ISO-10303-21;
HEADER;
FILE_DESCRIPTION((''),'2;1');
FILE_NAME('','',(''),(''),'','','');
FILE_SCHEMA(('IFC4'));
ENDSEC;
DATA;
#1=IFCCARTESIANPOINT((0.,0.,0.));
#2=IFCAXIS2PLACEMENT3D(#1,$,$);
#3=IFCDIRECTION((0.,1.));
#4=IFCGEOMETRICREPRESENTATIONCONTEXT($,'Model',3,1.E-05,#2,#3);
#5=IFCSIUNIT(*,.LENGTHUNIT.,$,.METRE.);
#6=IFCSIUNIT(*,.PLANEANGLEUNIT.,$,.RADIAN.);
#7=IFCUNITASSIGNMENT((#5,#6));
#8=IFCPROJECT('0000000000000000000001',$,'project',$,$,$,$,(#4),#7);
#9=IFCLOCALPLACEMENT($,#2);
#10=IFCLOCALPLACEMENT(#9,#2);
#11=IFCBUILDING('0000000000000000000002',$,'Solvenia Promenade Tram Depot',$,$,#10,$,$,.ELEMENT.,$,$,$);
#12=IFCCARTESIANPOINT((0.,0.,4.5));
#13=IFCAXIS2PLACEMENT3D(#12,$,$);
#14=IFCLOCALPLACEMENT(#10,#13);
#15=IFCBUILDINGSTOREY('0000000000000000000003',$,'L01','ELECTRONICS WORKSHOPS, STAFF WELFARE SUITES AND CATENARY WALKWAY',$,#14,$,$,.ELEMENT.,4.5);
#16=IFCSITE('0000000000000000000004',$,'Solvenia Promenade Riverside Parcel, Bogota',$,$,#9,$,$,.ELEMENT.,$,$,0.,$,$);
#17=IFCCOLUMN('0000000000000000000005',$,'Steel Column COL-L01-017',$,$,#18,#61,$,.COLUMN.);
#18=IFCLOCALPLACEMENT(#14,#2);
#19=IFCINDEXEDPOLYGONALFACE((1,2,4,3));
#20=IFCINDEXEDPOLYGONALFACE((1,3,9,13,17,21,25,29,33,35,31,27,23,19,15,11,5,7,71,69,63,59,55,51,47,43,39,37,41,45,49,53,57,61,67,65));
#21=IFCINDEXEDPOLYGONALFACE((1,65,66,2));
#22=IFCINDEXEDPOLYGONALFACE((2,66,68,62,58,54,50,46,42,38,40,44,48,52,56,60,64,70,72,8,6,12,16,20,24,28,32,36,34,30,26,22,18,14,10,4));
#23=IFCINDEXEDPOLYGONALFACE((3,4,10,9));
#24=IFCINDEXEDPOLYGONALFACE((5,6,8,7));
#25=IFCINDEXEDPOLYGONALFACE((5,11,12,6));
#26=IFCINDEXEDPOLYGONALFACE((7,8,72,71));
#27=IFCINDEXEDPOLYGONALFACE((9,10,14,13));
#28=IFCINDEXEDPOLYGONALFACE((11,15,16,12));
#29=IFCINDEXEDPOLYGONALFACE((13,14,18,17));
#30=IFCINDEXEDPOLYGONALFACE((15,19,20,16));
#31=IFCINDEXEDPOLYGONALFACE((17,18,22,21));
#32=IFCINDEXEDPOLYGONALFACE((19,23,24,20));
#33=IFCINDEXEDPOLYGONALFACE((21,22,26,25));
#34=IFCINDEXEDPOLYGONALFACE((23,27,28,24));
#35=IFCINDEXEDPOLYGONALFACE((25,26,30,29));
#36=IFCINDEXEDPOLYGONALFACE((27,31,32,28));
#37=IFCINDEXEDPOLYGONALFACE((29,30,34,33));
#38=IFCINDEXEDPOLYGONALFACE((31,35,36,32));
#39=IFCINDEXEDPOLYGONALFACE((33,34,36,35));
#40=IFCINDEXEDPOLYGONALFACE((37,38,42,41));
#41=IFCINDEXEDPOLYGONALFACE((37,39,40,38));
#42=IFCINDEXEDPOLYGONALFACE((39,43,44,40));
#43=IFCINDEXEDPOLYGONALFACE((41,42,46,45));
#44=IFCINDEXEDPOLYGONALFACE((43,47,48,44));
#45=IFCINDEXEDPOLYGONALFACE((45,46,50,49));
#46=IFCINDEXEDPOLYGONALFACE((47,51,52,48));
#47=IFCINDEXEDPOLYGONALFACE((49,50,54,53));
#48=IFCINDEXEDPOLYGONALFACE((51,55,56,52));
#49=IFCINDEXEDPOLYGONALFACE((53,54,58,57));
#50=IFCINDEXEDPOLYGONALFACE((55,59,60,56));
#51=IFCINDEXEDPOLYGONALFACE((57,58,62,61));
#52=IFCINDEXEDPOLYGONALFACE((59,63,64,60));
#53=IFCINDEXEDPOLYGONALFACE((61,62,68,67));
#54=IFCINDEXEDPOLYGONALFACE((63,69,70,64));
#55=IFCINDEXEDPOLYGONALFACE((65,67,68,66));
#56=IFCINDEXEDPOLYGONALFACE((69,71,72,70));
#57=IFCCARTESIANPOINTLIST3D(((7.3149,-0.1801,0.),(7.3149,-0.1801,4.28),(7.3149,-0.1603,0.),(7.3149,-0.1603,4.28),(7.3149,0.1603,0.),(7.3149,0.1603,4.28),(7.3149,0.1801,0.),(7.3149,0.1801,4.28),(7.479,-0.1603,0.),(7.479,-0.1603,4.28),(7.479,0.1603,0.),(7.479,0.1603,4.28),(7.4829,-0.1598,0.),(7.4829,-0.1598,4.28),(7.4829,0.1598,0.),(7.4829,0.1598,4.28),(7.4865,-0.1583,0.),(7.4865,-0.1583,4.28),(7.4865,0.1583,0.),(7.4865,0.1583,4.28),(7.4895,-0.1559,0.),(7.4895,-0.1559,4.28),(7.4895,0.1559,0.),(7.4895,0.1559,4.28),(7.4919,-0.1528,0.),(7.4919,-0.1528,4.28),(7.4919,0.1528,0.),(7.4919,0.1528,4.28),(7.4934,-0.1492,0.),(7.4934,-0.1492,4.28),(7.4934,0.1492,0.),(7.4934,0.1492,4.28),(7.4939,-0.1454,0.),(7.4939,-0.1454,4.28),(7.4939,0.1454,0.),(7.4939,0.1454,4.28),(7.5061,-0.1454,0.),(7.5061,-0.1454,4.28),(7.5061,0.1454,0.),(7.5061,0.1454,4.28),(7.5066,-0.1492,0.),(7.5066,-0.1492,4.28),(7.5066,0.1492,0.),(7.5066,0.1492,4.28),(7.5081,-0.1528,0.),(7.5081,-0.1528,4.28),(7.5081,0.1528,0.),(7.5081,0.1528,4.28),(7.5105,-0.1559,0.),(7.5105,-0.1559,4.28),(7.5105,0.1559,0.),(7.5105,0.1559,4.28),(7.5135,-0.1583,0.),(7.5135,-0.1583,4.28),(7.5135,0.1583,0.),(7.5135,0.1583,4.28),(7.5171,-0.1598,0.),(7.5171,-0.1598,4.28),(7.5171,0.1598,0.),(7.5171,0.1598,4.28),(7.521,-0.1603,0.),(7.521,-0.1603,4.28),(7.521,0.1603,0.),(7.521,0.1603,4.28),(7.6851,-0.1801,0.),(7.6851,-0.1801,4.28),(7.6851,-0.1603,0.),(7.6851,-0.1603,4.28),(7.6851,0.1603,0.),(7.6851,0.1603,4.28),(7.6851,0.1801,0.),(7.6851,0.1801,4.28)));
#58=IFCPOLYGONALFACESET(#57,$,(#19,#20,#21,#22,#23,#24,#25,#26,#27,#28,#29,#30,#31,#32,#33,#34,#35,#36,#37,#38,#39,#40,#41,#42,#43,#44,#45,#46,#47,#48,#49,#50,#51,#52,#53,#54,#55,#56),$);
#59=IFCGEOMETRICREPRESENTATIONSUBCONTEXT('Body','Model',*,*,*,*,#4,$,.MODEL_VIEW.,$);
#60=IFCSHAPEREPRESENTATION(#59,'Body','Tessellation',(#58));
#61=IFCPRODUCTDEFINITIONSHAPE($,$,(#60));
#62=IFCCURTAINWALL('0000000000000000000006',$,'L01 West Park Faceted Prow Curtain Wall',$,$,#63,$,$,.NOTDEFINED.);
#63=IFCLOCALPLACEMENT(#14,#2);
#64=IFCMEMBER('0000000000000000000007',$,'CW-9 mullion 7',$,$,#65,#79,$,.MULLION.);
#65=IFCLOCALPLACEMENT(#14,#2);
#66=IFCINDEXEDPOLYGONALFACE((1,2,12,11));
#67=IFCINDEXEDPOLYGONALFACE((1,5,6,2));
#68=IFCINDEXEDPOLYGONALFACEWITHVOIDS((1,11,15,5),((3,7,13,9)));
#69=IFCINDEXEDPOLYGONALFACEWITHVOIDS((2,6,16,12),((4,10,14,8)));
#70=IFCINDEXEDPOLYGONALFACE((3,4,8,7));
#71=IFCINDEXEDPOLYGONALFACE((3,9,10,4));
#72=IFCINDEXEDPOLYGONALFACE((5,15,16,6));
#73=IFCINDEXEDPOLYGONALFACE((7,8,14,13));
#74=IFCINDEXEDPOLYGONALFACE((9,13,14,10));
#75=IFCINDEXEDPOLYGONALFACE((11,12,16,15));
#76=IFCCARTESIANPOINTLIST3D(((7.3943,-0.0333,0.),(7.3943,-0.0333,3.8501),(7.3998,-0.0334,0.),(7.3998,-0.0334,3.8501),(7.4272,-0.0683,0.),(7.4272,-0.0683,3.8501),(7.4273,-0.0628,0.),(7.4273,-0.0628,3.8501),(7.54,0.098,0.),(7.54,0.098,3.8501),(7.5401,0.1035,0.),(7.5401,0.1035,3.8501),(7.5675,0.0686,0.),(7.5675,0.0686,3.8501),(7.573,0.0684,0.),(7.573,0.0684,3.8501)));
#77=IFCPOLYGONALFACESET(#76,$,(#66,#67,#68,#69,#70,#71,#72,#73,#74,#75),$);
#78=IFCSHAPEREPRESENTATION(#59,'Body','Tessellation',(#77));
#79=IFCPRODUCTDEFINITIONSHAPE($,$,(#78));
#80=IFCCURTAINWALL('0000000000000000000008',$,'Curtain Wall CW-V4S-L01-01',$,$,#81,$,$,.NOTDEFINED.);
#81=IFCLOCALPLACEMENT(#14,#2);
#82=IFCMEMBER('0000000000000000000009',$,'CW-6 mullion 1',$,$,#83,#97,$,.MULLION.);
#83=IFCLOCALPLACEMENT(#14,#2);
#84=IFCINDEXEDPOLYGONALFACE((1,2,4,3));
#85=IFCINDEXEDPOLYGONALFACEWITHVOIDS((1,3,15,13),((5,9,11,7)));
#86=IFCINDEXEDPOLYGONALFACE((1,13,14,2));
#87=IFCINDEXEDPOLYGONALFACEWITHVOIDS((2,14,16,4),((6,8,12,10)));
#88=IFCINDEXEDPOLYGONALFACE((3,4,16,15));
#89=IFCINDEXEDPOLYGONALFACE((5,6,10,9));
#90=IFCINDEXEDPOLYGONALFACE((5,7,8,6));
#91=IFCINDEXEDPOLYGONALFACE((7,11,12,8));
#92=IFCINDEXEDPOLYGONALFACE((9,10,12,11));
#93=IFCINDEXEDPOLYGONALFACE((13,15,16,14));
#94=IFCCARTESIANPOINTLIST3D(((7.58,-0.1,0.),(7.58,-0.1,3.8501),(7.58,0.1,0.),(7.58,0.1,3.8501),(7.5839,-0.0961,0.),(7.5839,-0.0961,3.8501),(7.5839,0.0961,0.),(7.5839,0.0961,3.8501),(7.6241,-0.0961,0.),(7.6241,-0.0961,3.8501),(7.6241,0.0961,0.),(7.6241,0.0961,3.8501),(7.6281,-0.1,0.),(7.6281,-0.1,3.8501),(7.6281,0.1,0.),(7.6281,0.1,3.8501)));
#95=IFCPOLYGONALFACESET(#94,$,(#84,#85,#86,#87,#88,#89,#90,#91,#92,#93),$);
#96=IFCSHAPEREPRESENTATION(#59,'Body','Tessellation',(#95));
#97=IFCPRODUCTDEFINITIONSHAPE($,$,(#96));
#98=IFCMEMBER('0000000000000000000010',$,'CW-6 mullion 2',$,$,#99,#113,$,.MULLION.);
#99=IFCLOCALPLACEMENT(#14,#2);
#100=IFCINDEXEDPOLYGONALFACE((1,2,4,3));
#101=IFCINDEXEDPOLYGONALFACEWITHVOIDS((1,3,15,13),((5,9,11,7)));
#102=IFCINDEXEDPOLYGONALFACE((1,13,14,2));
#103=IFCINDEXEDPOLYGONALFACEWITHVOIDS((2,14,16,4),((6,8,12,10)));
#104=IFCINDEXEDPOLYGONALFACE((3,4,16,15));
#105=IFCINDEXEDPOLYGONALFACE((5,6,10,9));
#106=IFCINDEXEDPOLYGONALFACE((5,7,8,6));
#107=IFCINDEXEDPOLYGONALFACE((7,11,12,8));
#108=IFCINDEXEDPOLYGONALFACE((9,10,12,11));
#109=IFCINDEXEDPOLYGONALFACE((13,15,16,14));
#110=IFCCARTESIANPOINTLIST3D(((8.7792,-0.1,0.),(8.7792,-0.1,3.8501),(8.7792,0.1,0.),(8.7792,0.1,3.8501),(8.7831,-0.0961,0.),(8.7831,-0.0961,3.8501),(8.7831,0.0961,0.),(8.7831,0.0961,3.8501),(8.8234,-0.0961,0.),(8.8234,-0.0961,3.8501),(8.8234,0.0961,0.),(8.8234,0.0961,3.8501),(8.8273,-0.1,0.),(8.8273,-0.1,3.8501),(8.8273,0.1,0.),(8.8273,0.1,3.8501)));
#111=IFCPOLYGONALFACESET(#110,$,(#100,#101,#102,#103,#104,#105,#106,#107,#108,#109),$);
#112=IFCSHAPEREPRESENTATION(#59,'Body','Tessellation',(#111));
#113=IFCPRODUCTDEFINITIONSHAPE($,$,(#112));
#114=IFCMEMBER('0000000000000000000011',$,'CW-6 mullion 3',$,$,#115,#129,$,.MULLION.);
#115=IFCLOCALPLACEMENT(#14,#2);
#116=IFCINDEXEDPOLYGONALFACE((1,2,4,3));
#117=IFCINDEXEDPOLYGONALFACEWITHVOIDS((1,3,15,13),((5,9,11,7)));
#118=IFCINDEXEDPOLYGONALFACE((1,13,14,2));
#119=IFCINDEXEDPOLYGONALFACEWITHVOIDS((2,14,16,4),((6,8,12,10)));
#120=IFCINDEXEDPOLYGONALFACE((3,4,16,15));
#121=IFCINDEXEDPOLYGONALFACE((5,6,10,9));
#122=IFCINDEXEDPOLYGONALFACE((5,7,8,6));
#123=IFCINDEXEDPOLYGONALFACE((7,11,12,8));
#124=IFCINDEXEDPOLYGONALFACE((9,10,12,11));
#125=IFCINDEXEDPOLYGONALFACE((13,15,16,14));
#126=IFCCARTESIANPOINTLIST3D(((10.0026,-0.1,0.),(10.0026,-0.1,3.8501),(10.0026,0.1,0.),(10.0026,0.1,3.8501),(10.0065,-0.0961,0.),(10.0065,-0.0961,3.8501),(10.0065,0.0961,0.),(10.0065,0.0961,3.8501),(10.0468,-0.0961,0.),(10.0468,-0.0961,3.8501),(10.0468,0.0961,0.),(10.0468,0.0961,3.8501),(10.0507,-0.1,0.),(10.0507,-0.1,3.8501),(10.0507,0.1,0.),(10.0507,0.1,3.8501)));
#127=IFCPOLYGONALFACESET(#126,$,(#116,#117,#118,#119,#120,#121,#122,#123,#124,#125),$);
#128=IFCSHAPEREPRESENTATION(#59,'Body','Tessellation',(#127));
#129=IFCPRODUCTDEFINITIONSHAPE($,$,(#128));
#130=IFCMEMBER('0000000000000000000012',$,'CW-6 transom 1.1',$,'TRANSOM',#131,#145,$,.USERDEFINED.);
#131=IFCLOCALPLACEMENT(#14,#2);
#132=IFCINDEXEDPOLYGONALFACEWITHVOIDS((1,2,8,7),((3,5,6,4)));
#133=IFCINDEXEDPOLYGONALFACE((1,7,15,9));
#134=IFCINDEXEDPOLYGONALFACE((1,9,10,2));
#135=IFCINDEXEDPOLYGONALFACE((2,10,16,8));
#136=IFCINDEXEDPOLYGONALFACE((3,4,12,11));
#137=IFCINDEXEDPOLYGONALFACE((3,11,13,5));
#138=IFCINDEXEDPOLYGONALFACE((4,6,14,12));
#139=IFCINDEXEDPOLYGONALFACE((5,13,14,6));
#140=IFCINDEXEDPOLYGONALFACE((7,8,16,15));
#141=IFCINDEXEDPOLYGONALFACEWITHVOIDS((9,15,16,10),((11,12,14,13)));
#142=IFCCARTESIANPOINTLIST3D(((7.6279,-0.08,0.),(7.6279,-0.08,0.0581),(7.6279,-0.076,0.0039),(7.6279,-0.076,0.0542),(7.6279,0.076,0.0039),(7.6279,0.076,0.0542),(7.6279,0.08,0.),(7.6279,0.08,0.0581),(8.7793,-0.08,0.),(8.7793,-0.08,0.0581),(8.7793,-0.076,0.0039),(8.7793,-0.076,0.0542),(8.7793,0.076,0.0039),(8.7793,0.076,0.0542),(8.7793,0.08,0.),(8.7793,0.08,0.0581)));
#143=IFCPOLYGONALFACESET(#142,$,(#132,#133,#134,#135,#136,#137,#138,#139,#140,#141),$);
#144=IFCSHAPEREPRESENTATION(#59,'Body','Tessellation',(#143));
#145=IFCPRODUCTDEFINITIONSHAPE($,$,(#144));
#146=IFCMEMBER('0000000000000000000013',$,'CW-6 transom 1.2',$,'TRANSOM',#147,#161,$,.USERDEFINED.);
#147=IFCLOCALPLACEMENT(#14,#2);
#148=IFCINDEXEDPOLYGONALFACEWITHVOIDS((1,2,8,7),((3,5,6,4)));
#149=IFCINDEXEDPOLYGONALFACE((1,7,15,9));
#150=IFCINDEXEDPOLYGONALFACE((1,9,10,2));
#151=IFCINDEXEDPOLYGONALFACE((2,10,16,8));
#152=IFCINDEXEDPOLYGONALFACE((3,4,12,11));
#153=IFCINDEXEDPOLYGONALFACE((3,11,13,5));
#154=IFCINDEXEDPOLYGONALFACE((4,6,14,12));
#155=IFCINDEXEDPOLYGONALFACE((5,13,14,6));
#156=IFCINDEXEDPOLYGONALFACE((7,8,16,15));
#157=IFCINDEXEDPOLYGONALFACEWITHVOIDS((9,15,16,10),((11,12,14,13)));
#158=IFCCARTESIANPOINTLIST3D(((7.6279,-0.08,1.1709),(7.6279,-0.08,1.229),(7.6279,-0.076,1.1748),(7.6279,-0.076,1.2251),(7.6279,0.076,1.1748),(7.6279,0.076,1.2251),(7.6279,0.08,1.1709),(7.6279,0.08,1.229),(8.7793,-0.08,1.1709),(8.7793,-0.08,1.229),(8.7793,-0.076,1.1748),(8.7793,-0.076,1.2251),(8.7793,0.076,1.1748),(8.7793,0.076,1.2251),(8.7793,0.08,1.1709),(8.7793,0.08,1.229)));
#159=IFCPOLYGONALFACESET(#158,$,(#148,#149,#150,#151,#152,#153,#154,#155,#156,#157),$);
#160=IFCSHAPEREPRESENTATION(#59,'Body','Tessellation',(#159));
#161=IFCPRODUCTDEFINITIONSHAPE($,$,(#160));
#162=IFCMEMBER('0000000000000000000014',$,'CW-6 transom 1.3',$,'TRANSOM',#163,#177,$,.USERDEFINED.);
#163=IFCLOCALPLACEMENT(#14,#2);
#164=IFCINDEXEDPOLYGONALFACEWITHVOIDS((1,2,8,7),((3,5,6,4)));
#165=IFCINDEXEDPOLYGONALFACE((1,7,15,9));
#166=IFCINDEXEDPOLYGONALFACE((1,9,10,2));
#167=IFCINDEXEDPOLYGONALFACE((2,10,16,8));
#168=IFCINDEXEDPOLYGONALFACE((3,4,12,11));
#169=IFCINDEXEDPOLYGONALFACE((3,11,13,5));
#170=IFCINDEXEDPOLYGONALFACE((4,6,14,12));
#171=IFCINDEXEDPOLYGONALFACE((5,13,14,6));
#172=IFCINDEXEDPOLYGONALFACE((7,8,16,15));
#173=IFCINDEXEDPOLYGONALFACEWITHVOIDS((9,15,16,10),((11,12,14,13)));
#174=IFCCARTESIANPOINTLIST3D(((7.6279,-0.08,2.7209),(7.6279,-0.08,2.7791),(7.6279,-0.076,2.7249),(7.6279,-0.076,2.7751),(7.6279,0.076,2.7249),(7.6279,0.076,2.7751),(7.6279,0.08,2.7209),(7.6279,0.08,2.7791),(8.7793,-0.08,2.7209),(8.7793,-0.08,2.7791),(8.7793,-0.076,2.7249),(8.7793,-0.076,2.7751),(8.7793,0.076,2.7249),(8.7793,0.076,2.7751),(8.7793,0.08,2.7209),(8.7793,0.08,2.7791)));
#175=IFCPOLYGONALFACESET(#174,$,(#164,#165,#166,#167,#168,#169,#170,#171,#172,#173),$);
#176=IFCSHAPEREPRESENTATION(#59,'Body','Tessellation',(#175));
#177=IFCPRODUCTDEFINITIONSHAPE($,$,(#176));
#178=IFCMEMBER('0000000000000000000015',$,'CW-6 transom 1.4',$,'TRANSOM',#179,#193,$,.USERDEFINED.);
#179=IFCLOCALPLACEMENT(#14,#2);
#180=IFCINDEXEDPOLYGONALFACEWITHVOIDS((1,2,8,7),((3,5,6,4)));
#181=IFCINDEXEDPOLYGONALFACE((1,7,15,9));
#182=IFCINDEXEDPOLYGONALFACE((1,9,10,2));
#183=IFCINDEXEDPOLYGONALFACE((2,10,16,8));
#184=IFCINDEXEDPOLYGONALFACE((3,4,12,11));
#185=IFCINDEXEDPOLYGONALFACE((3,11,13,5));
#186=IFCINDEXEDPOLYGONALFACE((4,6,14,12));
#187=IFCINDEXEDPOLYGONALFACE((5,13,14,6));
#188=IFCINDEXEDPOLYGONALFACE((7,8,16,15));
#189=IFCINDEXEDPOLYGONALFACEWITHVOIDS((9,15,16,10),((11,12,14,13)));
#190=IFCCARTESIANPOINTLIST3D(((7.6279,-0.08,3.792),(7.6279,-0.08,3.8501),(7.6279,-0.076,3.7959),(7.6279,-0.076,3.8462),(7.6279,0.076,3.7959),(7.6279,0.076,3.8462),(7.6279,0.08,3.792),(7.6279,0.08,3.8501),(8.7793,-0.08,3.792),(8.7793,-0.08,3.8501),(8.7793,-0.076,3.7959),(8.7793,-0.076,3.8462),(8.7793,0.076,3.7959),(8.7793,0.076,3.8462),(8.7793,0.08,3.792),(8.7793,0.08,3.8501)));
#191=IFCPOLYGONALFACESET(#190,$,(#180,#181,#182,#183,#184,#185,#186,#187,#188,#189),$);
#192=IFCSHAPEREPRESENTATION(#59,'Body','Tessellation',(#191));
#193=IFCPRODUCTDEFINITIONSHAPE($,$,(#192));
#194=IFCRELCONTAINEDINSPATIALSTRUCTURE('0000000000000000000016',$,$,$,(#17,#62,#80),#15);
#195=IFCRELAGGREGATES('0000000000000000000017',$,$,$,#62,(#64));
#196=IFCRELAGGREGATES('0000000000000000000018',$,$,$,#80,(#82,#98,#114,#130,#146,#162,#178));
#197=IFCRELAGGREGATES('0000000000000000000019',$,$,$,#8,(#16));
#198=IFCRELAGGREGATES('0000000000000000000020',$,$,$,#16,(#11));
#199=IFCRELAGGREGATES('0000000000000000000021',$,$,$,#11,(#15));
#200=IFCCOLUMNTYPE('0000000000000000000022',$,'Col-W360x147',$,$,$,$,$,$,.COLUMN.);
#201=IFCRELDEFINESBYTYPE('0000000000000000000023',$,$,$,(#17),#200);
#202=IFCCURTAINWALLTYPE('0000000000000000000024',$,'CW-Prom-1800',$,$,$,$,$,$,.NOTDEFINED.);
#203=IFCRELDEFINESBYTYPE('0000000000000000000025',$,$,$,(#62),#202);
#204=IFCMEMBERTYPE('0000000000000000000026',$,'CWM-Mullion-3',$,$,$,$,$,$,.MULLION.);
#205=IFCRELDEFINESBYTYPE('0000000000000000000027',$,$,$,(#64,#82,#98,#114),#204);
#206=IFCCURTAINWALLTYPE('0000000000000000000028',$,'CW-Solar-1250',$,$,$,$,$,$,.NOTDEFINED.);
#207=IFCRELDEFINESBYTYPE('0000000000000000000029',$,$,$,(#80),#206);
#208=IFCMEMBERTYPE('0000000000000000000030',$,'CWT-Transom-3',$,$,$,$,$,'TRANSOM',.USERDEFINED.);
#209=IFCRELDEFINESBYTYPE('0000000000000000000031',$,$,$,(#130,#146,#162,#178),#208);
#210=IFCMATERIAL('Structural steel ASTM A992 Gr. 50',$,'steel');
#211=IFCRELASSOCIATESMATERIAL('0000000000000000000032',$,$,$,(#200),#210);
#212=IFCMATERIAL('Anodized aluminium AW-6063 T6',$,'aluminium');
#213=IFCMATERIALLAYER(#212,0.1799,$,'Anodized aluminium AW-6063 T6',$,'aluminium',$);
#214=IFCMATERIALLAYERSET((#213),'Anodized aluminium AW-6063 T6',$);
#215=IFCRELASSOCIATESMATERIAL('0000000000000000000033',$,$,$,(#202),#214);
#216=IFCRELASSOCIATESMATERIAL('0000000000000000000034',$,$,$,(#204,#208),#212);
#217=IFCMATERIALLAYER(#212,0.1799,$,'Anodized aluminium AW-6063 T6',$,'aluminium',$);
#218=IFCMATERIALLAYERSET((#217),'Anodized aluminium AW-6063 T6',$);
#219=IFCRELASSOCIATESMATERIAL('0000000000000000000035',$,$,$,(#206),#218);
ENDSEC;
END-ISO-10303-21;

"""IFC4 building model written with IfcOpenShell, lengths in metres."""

from ifc_helpers import new_model, si_unit, direction, frame, origin, origin_2d, place, context, subcontext, project, spatial, hollow_rectangle, i_section, extrude, material, layer, layer_set, material_profile, profile_set, type_object, element, aggregate, save


model = new_model("IFC4")

# Units and contexts
model_context = context("Model", 3, precision=1e-05, world=origin(), true_north=direction((0.0, 1.0)))
body_context = subcontext(model_context, "Body", "Model", "MODEL_VIEW")
ifc_project = project(units=[si_unit("LENGTHUNIT", "METRE"), si_unit("PLANEANGLEUNIT", "RADIAN")], contexts=[model_context])

# Site, building, storey
site_placement = place(None, origin())
site = spatial("IfcSite", under=ifc_project, at=site_placement, Name="Solvenia Promenade Riverside Parcel, Bogota", CompositionType="ELEMENT", RefElevation=0.0)
building_placement = place(site_placement, origin())
building = spatial("IfcBuilding", under=site, at=building_placement, Name="Solvenia Promenade Tram Depot", CompositionType="ELEMENT")
storey_placement = place(building_placement, frame((0.0, 0.0, 4.5)))
storey = spatial("IfcBuildingStorey", under=building, at=storey_placement, Name="L01", Description="ELECTRONICS WORKSHOPS, STAFF WELFARE SUITES AND CATENARY WALKWAY", CompositionType="ELEMENT", Elevation=4.5)

# Column
ifc_material_1 = material(Name="Structural steel ASTM A992 Gr. 50", Category="steel")
ifc_material_profile_1 = material_profile(ifc_material_1, i_section(OverallWidth=0.3701, OverallDepth=0.3601, WebThickness=0.0122, FlangeThickness=0.0198, FilletRadius=0.0149, at=origin_2d()), Name="W360x147", Category="steel")
ifc_profile_set_1 = profile_set([ifc_material_profile_1], Name="Structural steel ASTM A992 Gr. 50")
column_type = type_object("IfcColumnType", Name="Col-W360x147", PredefinedType="COLUMN", material=ifc_profile_set_1)
column_placement = place(storey_placement, frame((7.5, 0.0, 0.0), z_axis=(0.0, 0.0, 1.0), x_axis=(1.0, 0.0, 0.0)))
element("IfcColumn", 1, at=column_placement, inside=storey, type_object=column_type, Name="Steel Column COL-L01-017", PredefinedType="COLUMN", context=body_context, shape_type="SweptSolid", body=[
    extrude(i_section(OverallWidth=0.3701, OverallDepth=0.3601, WebThickness=0.0122, FlangeThickness=0.0198, FilletRadius=0.0149, at=origin_2d()), origin(), (0.0, 0.0, 1.0), 4.28),
])

# Curtain wall, member
ifc_material_2 = material(Name="Anodized aluminium AW-6063 T6", Category="aluminium")
ifc_layer_1 = layer(ifc_material_2, 0.1799, Name="Anodized aluminium AW-6063 T6", Category="aluminium")
ifc_layer_set_1 = layer_set([ifc_layer_1], Name="Anodized aluminium AW-6063 T6")
curtain_wall_type_1 = type_object("IfcCurtainWallType", Name="CW-Prom-1800", PredefinedType="NOTDEFINED", material=ifc_layer_set_1)
curtain_wall_1_placement = place(storey_placement, origin())
curtain_wall_1 = element("IfcCurtainWall", 2, at=curtain_wall_1_placement, inside=storey, type_object=curtain_wall_type_1, Name="L01 West Park Faceted Prow Curtain Wall", PredefinedType="NOTDEFINED")
ifc_material_profile_2 = material_profile(ifc_material_2, hollow_rectangle(XDim=0.2, YDim=0.0481, WallThickness=0.0039, at=origin_2d()), Name="ALU-M3", Category="aluminium")
ifc_profile_set_2 = profile_set([ifc_material_profile_2], Name="Anodized aluminium AW-6063 T6")
member_type_1 = type_object("IfcMemberType", Name="CWM-Mullion-3", PredefinedType="MULLION", material=ifc_profile_set_2)
member_1_placement = place(storey_placement, frame((7.4836, 0.0176, 0.0), z_axis=(0.0, 0.0, 1.0), x_axis=(0.729537, 0.683941, 0.0)))
member_1 = element("IfcMember", 3, at=member_1_placement, type_object=member_type_1, Name="CW-9 mullion 7", PredefinedType="MULLION", context=body_context, shape_type="SweptSolid", body=[
    extrude(hollow_rectangle(XDim=0.2, YDim=0.0481, WallThickness=0.0039, at=origin_2d()), origin(), (0.0, 0.0, 1.0), 3.8501),
])
aggregate(curtain_wall_1, [member_1])

# Curtain wall, members
ifc_layer_2 = layer(ifc_material_2, 0.1799, Name="Anodized aluminium AW-6063 T6", Category="aluminium")
ifc_layer_set_2 = layer_set([ifc_layer_2], Name="Anodized aluminium AW-6063 T6")
curtain_wall_type_2 = type_object("IfcCurtainWallType", Name="CW-Solar-1250", PredefinedType="NOTDEFINED", material=ifc_layer_set_2)
curtain_wall_2_placement = place(storey_placement, origin())
curtain_wall_2 = element("IfcCurtainWall", 4, at=curtain_wall_2_placement, inside=storey, type_object=curtain_wall_type_2, Name="Curtain Wall CW-V4S-L01-01", PredefinedType="NOTDEFINED")
member_2_placement = place(storey_placement, frame((7.604, 0.0, 0.0), z_axis=(0.0, 0.0, 1.0), x_axis=(0.0, 1.0, 0.0)))
member_2 = element("IfcMember", 5, at=member_2_placement, type_object=member_type_1, Name="CW-6 mullion 1", PredefinedType="MULLION", context=body_context, shape_type="SweptSolid", body=[
    extrude(hollow_rectangle(XDim=0.2, YDim=0.0481, WallThickness=0.0039, at=origin_2d()), origin(), (0.0, 0.0, 1.0), 3.8501),
])
member_3_placement = place(storey_placement, frame((8.8032, 0.0, 0.0), z_axis=(0.0, 0.0, 1.0), x_axis=(0.0, 1.0, 0.0)))
member_3 = element("IfcMember", 6, at=member_3_placement, type_object=member_type_1, Name="CW-6 mullion 2", PredefinedType="MULLION", context=body_context, shape_type="SweptSolid", body=[
    extrude(hollow_rectangle(XDim=0.2, YDim=0.0481, WallThickness=0.0039, at=origin_2d()), origin(), (0.0, 0.0, 1.0), 3.8501),
])
member_4_placement = place(storey_placement, frame((10.0266, 0.0, 0.0), z_axis=(0.0, 0.0, 1.0), x_axis=(0.0, 1.0, 0.0)))
member_4 = element("IfcMember", 7, at=member_4_placement, type_object=member_type_1, Name="CW-6 mullion 3", PredefinedType="MULLION", context=body_context, shape_type="SweptSolid", body=[
    extrude(hollow_rectangle(XDim=0.2, YDim=0.0481, WallThickness=0.0039, at=origin_2d()), origin(), (0.0, 0.0, 1.0), 3.8501),
])
ifc_material_profile_3 = material_profile(ifc_material_2, hollow_rectangle(XDim=0.1599, YDim=0.0581, WallThickness=0.0039, at=origin_2d()), Name="ALU-T3", Category="aluminium")
ifc_profile_set_3 = profile_set([ifc_material_profile_3], Name="Anodized aluminium AW-6063 T6")
member_type_2 = type_object("IfcMemberType", Name="CWT-Transom-3", ElementType="TRANSOM", PredefinedType="USERDEFINED", material=ifc_profile_set_3)
member_5_placement = place(storey_placement, frame((7.6279, 0.0, 0.0291), z_axis=(1.0, 0.0, 0.0), x_axis=(0.0, 1.0, 0.0)))
member_5 = element("IfcMember", 8, at=member_5_placement, type_object=member_type_2, Name="CW-6 transom 1.1", ObjectType="TRANSOM", PredefinedType="USERDEFINED", context=body_context, shape_type="SweptSolid", body=[
    extrude(hollow_rectangle(XDim=0.1599, YDim=0.0581, WallThickness=0.0039, at=origin_2d()), origin(), (0.0, 0.0, 1.0), 1.1514),
])
member_6_placement = place(storey_placement, frame((7.6279, 0.0, 1.2), z_axis=(1.0, 0.0, 0.0), x_axis=(0.0, 1.0, 0.0)))
member_6 = element("IfcMember", 9, at=member_6_placement, type_object=member_type_2, Name="CW-6 transom 1.2", ObjectType="TRANSOM", PredefinedType="USERDEFINED", context=body_context, shape_type="SweptSolid", body=[
    extrude(hollow_rectangle(XDim=0.1599, YDim=0.0581, WallThickness=0.0039, at=origin_2d()), origin(), (0.0, 0.0, 1.0), 1.1514),
])
member_7_placement = place(storey_placement, frame((7.6279, 0.0, 2.75), z_axis=(1.0, 0.0, 0.0), x_axis=(0.0, 1.0, 0.0)))
member_7 = element("IfcMember", 10, at=member_7_placement, type_object=member_type_2, Name="CW-6 transom 1.3", ObjectType="TRANSOM", PredefinedType="USERDEFINED", context=body_context, shape_type="SweptSolid", body=[
    extrude(hollow_rectangle(XDim=0.1599, YDim=0.0581, WallThickness=0.0039, at=origin_2d()), origin(), (0.0, 0.0, 1.0), 1.1514),
])
member_8_placement = place(storey_placement, frame((7.6279, 0.0, 3.821), z_axis=(1.0, 0.0, 0.0), x_axis=(0.0, 1.0, 0.0)))
member_8 = element("IfcMember", 11, at=member_8_placement, type_object=member_type_2, Name="CW-6 transom 1.4", ObjectType="TRANSOM", PredefinedType="USERDEFINED", context=body_context, shape_type="SweptSolid", body=[
    extrude(hollow_rectangle(XDim=0.1599, YDim=0.0581, WallThickness=0.0039, at=origin_2d()), origin(), (0.0, 0.0, 1.0), 1.1514),
])

aggregate(curtain_wall_2, [member_2, member_3, member_4, member_5, member_6, member_7, member_8])

save(model, "model.ifc")
